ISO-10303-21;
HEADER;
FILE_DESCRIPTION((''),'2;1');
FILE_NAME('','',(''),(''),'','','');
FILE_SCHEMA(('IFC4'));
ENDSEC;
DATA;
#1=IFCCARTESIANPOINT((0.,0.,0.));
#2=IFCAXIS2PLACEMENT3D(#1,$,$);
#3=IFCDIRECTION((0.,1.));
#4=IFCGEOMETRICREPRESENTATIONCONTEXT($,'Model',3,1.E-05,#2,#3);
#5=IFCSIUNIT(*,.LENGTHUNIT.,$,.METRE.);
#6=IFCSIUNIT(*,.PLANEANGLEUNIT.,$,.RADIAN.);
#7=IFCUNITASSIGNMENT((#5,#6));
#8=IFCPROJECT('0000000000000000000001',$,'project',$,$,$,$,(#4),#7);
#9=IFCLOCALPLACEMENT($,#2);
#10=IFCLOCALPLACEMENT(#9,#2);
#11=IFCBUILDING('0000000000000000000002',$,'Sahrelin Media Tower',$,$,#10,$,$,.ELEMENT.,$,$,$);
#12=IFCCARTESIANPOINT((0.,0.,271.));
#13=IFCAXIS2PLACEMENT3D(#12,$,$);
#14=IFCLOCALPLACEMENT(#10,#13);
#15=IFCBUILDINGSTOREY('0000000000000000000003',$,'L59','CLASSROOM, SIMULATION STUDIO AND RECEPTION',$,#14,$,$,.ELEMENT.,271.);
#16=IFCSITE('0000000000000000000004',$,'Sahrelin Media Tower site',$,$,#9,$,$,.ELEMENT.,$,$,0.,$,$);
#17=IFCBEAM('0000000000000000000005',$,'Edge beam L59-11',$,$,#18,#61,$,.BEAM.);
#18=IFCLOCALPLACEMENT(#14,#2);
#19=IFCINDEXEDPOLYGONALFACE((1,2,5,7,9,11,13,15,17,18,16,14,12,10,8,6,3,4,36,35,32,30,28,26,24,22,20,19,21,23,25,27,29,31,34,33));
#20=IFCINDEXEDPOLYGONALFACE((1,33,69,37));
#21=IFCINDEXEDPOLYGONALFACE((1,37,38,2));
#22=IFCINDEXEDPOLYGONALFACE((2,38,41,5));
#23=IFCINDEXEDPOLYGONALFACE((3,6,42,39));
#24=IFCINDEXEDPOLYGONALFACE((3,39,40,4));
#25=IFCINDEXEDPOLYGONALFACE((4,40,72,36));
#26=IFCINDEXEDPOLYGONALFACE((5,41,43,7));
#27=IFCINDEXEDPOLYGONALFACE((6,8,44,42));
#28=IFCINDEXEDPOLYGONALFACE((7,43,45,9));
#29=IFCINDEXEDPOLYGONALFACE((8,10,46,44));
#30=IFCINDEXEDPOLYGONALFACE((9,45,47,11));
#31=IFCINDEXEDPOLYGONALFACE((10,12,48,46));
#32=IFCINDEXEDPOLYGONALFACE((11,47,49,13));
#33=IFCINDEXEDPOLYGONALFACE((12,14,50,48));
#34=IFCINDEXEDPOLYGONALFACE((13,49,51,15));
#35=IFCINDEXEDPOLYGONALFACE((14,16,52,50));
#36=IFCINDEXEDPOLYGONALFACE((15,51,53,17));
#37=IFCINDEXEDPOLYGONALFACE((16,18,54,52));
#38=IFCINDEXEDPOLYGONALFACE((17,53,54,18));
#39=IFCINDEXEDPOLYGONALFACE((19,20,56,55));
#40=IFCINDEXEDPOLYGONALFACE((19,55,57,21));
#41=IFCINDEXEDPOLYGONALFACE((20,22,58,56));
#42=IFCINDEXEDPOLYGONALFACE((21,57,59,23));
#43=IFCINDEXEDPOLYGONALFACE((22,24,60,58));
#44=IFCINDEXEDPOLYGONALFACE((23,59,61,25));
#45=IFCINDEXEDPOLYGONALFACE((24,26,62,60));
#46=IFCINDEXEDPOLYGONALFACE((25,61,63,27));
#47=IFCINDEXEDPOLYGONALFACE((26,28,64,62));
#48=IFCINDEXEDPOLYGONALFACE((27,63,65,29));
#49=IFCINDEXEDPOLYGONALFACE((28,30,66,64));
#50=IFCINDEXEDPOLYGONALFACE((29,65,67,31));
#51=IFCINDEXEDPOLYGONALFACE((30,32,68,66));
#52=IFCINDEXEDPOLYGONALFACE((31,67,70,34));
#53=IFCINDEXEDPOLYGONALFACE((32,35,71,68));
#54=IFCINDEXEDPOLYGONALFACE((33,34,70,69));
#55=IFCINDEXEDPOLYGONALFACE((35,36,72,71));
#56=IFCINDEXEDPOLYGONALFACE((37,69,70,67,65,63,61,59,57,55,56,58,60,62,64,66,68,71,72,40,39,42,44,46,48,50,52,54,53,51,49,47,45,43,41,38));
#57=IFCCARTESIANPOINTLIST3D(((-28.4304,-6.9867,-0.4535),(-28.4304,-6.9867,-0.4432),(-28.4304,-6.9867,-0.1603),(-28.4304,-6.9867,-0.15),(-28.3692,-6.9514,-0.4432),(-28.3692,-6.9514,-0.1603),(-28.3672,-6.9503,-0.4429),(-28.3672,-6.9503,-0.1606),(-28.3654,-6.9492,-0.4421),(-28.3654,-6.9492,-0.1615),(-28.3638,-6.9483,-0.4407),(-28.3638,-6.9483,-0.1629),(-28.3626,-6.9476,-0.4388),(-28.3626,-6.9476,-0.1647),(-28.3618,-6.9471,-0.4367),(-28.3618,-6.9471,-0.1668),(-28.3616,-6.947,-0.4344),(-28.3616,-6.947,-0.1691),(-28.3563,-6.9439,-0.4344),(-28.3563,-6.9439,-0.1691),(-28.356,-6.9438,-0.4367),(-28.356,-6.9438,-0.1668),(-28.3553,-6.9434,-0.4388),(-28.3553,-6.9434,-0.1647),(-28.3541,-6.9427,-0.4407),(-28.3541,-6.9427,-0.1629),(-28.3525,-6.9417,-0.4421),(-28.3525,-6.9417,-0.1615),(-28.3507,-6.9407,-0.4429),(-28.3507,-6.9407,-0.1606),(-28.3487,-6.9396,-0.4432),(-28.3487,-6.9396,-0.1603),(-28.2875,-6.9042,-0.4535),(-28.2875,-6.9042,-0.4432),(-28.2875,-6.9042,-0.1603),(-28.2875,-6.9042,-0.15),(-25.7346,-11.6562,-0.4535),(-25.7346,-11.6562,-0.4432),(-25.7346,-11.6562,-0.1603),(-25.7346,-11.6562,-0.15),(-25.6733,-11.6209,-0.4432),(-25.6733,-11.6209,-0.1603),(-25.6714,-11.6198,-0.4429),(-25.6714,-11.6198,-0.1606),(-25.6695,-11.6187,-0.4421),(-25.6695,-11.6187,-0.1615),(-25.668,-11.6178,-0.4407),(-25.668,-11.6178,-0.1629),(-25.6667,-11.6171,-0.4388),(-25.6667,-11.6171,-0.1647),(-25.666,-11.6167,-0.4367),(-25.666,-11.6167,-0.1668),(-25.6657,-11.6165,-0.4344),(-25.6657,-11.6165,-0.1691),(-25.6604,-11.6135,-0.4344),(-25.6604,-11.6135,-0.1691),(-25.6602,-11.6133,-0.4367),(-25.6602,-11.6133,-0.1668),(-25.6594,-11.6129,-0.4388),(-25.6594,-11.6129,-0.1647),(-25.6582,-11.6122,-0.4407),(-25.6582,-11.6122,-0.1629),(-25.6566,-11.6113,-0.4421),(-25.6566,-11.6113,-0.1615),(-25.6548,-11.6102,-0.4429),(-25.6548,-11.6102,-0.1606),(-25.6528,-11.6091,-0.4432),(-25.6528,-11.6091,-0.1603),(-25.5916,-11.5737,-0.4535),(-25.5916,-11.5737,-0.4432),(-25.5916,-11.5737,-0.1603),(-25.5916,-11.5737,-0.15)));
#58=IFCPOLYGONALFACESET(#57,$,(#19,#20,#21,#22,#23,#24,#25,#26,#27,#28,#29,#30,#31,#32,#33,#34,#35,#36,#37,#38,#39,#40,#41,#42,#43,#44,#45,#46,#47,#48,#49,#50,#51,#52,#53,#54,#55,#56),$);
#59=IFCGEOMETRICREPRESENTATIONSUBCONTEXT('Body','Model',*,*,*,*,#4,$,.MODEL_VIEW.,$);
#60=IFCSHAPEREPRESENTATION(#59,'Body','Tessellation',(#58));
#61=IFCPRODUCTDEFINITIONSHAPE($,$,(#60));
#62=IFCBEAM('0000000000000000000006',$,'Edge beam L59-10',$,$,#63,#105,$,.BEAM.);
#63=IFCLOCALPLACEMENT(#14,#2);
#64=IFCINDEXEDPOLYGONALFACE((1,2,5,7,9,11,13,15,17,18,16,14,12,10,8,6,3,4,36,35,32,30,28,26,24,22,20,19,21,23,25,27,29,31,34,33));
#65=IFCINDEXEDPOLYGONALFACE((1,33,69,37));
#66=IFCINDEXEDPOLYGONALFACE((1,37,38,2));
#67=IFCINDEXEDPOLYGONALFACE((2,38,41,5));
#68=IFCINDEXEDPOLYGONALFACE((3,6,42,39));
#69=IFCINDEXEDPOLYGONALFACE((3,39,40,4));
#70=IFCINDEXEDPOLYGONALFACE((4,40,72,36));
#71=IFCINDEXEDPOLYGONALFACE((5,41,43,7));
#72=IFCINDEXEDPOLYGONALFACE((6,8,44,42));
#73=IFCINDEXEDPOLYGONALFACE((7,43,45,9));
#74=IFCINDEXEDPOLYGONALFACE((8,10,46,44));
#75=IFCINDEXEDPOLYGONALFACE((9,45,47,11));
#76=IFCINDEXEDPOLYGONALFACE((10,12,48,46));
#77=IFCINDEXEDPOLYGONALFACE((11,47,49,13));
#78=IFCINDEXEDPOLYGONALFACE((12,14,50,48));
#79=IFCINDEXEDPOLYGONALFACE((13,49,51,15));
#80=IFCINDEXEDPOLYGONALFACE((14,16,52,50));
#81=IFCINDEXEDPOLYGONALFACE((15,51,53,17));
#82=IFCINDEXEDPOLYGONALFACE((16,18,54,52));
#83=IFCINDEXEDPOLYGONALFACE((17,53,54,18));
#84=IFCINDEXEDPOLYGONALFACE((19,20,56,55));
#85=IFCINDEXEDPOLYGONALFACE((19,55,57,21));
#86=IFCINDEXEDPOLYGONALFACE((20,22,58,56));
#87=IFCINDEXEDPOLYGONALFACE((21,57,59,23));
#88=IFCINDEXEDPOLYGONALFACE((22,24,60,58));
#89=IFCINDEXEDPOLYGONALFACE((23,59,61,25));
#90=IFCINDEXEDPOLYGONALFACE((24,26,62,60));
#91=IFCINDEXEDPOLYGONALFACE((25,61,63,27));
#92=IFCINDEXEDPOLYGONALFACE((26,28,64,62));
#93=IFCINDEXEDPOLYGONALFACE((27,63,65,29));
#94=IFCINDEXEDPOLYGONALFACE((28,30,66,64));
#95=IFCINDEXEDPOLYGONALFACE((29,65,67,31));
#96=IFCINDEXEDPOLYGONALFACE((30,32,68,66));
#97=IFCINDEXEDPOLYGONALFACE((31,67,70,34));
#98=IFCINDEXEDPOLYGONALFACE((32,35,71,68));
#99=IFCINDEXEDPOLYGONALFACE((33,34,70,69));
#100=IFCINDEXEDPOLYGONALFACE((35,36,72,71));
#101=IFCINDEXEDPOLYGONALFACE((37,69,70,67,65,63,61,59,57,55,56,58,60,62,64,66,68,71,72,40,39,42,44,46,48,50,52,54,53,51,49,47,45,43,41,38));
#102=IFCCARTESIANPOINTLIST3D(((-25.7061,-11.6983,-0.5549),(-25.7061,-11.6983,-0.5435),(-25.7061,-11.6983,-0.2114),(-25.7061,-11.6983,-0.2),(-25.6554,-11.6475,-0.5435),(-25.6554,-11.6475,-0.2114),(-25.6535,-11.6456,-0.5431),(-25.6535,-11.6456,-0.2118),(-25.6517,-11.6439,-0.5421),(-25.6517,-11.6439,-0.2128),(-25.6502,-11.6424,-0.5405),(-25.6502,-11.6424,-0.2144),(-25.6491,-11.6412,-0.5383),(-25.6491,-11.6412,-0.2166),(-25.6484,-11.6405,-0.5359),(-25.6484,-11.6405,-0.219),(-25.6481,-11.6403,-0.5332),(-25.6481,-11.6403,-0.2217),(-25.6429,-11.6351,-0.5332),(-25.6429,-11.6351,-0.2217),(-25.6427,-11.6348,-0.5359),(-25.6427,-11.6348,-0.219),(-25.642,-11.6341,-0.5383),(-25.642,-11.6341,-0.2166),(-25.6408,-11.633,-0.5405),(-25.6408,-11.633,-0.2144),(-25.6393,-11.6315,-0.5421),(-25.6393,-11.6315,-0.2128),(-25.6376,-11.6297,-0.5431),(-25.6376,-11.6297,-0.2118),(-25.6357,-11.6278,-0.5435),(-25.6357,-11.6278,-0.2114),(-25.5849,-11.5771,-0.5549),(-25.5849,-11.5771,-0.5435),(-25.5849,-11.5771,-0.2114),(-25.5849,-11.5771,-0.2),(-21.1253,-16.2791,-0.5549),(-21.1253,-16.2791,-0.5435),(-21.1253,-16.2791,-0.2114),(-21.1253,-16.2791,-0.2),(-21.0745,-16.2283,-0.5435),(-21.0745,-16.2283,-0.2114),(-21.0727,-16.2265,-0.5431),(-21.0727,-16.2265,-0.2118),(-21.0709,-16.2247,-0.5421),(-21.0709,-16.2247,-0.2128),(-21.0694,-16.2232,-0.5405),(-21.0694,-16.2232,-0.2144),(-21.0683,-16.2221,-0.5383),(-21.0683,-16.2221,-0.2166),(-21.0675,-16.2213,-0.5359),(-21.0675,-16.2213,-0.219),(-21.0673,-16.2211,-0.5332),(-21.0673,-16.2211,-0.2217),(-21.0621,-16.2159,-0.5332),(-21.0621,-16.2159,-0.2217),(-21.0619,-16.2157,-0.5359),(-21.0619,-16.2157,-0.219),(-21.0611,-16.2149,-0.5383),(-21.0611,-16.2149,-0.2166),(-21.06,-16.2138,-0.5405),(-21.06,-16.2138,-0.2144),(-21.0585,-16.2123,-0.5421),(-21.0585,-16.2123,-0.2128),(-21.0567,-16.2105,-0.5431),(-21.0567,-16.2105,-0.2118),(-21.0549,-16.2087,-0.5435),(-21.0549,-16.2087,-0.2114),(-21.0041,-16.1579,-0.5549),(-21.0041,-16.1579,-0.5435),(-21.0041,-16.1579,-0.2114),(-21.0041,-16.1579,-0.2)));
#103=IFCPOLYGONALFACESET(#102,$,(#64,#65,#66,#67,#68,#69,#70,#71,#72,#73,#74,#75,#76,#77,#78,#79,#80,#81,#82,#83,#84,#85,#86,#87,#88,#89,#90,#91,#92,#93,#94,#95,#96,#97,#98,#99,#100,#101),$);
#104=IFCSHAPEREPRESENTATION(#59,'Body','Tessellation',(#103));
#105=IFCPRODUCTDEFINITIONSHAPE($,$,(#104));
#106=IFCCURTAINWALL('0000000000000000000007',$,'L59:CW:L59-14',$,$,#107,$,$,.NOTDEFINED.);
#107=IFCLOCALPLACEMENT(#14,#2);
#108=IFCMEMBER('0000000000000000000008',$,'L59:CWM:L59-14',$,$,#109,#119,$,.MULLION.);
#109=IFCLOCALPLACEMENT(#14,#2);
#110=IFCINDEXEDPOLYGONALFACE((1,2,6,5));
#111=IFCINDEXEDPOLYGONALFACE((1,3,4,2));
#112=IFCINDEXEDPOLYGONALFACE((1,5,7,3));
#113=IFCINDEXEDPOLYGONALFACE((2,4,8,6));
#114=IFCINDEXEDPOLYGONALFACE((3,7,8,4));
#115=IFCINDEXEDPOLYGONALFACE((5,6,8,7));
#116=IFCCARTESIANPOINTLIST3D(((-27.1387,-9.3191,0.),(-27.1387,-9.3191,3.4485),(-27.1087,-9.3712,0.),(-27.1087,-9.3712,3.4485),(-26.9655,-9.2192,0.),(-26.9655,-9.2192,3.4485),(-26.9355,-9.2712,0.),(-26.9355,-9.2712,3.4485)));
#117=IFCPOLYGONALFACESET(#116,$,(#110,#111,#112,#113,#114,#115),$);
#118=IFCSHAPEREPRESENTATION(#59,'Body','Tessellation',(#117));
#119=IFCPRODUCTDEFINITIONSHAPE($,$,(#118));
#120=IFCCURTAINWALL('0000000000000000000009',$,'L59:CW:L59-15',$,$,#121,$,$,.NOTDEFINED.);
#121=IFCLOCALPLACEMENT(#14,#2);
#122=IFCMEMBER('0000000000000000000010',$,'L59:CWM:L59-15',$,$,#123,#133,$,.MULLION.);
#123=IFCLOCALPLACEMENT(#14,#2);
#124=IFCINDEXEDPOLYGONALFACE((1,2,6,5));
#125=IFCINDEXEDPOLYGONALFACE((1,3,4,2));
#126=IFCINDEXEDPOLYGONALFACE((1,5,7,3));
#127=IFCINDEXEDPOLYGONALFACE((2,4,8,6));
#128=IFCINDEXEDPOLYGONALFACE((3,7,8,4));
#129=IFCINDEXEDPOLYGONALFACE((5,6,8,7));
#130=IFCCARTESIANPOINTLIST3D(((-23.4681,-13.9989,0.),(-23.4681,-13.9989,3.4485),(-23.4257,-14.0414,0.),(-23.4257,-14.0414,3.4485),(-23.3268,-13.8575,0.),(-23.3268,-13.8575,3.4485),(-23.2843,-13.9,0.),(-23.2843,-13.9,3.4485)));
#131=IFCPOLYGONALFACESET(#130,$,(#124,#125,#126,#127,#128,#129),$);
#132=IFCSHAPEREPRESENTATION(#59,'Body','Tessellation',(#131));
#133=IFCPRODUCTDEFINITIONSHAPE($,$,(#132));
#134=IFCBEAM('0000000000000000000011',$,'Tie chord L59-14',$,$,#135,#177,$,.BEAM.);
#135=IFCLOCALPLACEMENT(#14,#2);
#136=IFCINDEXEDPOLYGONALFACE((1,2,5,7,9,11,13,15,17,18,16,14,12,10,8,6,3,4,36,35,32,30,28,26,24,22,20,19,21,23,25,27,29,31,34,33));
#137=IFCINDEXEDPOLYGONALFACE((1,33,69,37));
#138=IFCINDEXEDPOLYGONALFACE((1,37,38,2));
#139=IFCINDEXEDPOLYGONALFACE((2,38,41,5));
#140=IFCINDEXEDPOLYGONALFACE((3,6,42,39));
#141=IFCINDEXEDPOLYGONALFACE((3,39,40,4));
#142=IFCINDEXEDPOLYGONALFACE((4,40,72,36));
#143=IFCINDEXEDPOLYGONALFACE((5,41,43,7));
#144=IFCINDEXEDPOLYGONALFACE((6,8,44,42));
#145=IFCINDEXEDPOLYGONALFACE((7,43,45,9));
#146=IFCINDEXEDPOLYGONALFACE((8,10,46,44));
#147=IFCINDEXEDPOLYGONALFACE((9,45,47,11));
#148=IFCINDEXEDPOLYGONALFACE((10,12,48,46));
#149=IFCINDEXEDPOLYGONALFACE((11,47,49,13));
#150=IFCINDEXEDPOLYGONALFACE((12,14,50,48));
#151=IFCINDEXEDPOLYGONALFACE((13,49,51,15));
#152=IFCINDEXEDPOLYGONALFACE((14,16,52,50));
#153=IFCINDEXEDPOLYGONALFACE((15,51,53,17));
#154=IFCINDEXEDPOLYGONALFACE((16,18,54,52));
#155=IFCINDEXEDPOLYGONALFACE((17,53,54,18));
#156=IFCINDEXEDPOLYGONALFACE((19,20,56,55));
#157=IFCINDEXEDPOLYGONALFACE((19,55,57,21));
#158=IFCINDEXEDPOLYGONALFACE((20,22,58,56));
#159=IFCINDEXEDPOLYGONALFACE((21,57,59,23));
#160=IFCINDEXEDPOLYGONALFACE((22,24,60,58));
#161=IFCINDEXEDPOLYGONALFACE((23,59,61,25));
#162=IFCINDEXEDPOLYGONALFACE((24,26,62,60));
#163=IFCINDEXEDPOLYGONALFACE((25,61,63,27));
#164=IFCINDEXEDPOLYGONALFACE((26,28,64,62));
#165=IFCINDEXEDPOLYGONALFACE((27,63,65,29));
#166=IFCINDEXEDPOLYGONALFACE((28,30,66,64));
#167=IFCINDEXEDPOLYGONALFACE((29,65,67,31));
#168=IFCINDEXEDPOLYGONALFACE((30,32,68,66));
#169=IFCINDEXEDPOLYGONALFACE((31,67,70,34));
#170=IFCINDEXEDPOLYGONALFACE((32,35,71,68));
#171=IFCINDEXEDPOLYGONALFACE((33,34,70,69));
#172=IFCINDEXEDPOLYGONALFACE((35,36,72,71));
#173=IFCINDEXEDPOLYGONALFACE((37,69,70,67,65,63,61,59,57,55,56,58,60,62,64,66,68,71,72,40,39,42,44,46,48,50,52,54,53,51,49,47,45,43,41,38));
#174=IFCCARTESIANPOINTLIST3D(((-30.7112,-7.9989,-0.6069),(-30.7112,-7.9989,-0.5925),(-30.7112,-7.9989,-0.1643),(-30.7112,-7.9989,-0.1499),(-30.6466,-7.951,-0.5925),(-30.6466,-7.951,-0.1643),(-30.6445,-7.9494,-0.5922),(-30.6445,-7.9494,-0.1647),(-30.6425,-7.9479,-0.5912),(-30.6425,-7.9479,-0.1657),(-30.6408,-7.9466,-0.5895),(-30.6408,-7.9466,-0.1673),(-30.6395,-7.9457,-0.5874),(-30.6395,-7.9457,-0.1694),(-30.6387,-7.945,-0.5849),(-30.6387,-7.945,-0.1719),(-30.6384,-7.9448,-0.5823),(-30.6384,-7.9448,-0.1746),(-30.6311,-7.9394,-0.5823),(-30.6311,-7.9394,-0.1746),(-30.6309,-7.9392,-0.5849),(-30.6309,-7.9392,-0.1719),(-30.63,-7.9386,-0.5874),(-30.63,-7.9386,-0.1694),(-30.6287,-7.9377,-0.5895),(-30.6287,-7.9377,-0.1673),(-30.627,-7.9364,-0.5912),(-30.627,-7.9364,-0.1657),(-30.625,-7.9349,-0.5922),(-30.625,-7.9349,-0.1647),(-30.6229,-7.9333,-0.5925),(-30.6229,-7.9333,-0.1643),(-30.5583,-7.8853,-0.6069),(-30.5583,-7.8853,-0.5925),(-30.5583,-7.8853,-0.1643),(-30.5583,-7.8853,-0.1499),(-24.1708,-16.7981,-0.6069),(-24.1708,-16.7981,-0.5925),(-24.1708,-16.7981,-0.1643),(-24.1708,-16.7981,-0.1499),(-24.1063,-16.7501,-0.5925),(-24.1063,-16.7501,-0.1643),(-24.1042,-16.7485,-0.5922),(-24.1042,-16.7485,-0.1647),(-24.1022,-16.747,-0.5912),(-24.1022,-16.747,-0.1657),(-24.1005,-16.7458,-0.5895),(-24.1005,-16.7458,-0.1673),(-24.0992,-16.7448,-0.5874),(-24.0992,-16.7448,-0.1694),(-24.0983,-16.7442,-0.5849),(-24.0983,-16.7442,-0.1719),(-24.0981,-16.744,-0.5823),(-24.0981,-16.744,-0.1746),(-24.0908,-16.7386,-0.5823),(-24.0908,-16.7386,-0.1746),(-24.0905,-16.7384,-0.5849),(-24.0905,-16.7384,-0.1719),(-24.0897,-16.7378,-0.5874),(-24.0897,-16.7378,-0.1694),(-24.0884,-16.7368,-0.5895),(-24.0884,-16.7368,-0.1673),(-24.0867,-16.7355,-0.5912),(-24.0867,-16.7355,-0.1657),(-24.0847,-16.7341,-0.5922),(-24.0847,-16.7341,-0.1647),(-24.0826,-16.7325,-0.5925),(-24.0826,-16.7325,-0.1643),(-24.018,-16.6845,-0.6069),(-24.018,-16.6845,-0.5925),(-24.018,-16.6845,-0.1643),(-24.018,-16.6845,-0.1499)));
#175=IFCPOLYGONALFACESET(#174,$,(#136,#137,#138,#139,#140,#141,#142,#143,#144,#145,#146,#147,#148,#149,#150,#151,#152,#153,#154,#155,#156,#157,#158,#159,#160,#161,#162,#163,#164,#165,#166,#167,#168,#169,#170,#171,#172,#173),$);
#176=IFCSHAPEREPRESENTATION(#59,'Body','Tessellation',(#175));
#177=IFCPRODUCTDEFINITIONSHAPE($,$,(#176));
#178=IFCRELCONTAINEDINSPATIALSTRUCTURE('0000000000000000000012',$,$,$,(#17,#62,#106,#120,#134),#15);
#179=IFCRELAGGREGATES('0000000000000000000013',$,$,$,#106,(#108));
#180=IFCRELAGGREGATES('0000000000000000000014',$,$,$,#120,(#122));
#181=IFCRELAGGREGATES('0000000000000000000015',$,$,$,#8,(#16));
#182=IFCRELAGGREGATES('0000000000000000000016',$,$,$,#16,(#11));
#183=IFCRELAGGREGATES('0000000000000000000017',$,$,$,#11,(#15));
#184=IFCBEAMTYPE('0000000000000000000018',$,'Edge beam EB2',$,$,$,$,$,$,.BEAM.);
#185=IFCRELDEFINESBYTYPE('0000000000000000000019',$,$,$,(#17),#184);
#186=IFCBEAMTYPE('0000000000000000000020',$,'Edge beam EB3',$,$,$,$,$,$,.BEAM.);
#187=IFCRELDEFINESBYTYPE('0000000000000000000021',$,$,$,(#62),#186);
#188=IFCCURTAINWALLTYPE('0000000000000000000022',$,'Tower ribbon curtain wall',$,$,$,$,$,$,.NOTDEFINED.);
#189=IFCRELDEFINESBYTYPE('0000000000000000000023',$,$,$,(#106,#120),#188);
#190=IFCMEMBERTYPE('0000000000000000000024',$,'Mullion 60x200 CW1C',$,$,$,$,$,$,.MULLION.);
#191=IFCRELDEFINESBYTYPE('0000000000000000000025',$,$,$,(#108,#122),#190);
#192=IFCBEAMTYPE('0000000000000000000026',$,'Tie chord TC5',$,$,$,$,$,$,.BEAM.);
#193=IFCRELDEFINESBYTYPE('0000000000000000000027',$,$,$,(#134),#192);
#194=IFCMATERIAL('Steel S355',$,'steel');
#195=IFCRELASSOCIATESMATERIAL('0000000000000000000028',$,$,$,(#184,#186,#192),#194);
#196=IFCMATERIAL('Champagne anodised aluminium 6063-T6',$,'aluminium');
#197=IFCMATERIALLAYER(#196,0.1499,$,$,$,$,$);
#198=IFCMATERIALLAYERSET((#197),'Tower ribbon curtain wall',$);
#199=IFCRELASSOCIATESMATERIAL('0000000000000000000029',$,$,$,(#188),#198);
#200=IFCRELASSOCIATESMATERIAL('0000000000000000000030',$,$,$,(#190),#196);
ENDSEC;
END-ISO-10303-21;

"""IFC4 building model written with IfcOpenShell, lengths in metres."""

from ifc_helpers import new_model, si_unit, direction, frame, origin, origin_2d, place, context, subcontext, project, spatial, rectangle, i_section, extrude, material, layer, layer_set, material_profile, profile_set, type_object, element, aggregate, save


model = new_model("IFC4")

# Units and contexts
model_context = context("Model", 3, precision=1e-05, world=origin(), true_north=direction((0.0, 1.0)))
body_context = subcontext(model_context, "Body", "Model", "MODEL_VIEW")
ifc_project = project(units=[si_unit("LENGTHUNIT", "METRE"), si_unit("PLANEANGLEUNIT", "RADIAN")], contexts=[model_context])

# Site, building, storey
site_placement = place(None, origin())
site = spatial("IfcSite", under=ifc_project, at=site_placement, Name="Sahrelin Media Tower site", CompositionType="ELEMENT", RefElevation=0.0)
building_placement = place(site_placement, origin())
building = spatial("IfcBuilding", under=site, at=building_placement, Name="Sahrelin Media Tower", CompositionType="ELEMENT")
storey_placement = place(building_placement, frame((0.0, 0.0, 271.0)))
storey = spatial("IfcBuildingStorey", under=building, at=storey_placement, Name="L59", Description="CLASSROOM, SIMULATION STUDIO AND RECEPTION", CompositionType="ELEMENT", Elevation=271.0)

# Beams
ifc_material_1 = material(Name="Steel S355", Category="steel")
ifc_material_profile_1 = material_profile(ifc_material_1, i_section(OverallWidth=0.165, OverallDepth=0.3035, WebThickness=0.0061, FlangeThickness=0.0103, FilletRadius=0.0088, at=origin_2d()), Name="UB 305x165x40")
ifc_profile_set_1 = profile_set([ifc_material_profile_1], Name="Steel S355")
beam_type_1 = type_object("IfcBeamType", Name="Edge beam EB2", PredefinedType="BEAM", material=ifc_profile_set_1)
beam_1_placement = place(storey_placement, frame((-25.6631, -11.615, -0.3018), z_axis=(-0.499986, 0.866033, 0.0), x_axis=(-0.866033, -0.499986, 0.0)))
element("IfcBeam", 1, at=beam_1_placement, inside=storey, type_object=beam_type_1, Name="Edge beam L59-11", PredefinedType="BEAM", context=body_context, shape_type="SweptSolid", body=[
    extrude(i_section(OverallWidth=0.165, OverallDepth=0.3035, WebThickness=0.0061, FlangeThickness=0.0103, FilletRadius=0.0088, at=origin_2d()), origin(), (0.0, 0.0, 1.0), 5.3918),
])
ifc_material_profile_2 = material_profile(ifc_material_1, i_section(OverallWidth=0.1714, OverallDepth=0.355, WebThickness=0.0073, FlangeThickness=0.0115, FilletRadius=0.0103, at=origin_2d()), Name="UB 356x171x51")
ifc_profile_set_2 = profile_set([ifc_material_profile_2], Name="Steel S355")
beam_type_2 = type_object("IfcBeamType", Name="Edge beam EB3", PredefinedType="BEAM", material=ifc_profile_set_2)
beam_2_placement = place(storey_placement, frame((-21.0647, -16.2185, -0.3774), z_axis=(-0.707107, 0.707107, 0.0), x_axis=(-0.707107, -0.707107, 0.0)))
element("IfcBeam", 2, at=beam_2_placement, inside=storey, type_object=beam_type_2, Name="Edge beam L59-10", PredefinedType="BEAM", context=body_context, shape_type="SweptSolid", body=[
    extrude(i_section(OverallWidth=0.1714, OverallDepth=0.355, WebThickness=0.0073, FlangeThickness=0.0115, FilletRadius=0.0103, at=origin_2d()), origin(), (0.0, 0.0, 1.0), 6.4783),
])

# Curtain walls, members
ifc_material_2 = material(Name="Champagne anodised aluminium 6063-T6", Category="aluminium")
ifc_layer_1 = layer(ifc_material_2, 0.1499)
ifc_layer_set_1 = layer_set([ifc_layer_1], Name="Tower ribbon curtain wall")
curtain_wall_type = type_object("IfcCurtainWallType", Name="Tower ribbon curtain wall", PredefinedType="NOTDEFINED", material=ifc_layer_set_1)
curtain_wall_1_placement = place(storey_placement, frame((-27.1409, -9.3552, 0.0), z_axis=(0.0, 0.0, 1.0), x_axis=(1.0, 0.0, 0.0)))
curtain_wall_1 = element("IfcCurtainWall", 3, at=curtain_wall_1_placement, inside=storey, type_object=curtain_wall_type, Name="L59:CW:L59-14", PredefinedType="NOTDEFINED")
ifc_material_profile_3 = material_profile(ifc_material_2, rectangle(XDim=0.0601, YDim=0.2, at=origin_2d()), Name="Mullion 60x200")
ifc_profile_set_3 = profile_set([ifc_material_profile_3], Name="Champagne anodised aluminium 6063-T6")
member_type_1 = type_object("IfcMemberType", Name="Mullion 60x200 CW1C", PredefinedType="MULLION", material=ifc_profile_set_3)
member_1_placement = place(storey_placement, frame((-27.0371, -9.2952, 0.0), z_axis=(0.0, 0.0, 1.0), x_axis=(0.499989, -0.866032, 0.0)))
member_1 = element("IfcMember", 4, at=member_1_placement, type_object=member_type_1, Name="L59:CWM:L59-14", PredefinedType="MULLION", context=body_context, shape_type="SweptSolid", body=[
    extrude(rectangle(XDim=0.0601, YDim=0.2, at=origin_2d()), origin(), (0.0, 0.0, 1.0), 3.4485),
])
curtain_wall_2_placement = place(storey_placement, frame((-23.4612, -14.0342, 0.0), z_axis=(0.0, 0.0, 1.0), x_axis=(1.0, 0.0, 0.0)))
curtain_wall_2 = element("IfcCurtainWall", 5, at=curtain_wall_2_placement, inside=storey, type_object=curtain_wall_type, Name="L59:CW:L59-15", PredefinedType="NOTDEFINED")
member_2_placement = place(storey_placement, frame((-23.3762, -13.9495, 0.0), z_axis=(0.0, 0.0, 1.0), x_axis=(0.707114, -0.707099, 0.0)))
member_2 = element("IfcMember", 6, at=member_2_placement, type_object=member_type_1, Name="L59:CWM:L59-15", PredefinedType="MULLION", context=body_context, shape_type="SweptSolid", body=[
    extrude(rectangle(XDim=0.0601, YDim=0.2, at=origin_2d()), origin(), (0.0, 0.0, 1.0), 3.4485),
])

# Beam
ifc_material_profile_4 = material_profile(ifc_material_1, i_section(OverallWidth=0.1904, OverallDepth=0.457, WebThickness=0.009, FlangeThickness=0.0144, FilletRadius=0.0103, at=origin_2d()), Name="UB 457x191x74")
ifc_profile_set_4 = profile_set([ifc_material_profile_4], Name="Steel S355")
beam_type_3 = type_object("IfcBeamType", Name="Tie chord TC5", PredefinedType="BEAM", material=ifc_profile_set_4)
beam_3_placement = place(storey_placement, frame((-30.6348, -7.9421, -0.3784), z_axis=(0.596549, -0.802577, 0.0), x_axis=(0.802577, 0.596549, 0.0)))
element("IfcBeam", 7, at=beam_3_placement, inside=storey, type_object=beam_type_3, Name="Tie chord L59-14", PredefinedType="BEAM", context=body_context, shape_type="SweptSolid", body=[
    extrude(i_section(OverallWidth=0.1904, OverallDepth=0.457, WebThickness=0.009, FlangeThickness=0.0144, FilletRadius=0.0103, at=origin_2d()), origin(), (0.0, 0.0, 1.0), 10.9636),
])

aggregate(curtain_wall_1, [member_1])
aggregate(curtain_wall_2, [member_2])

save(model, "model.ifc")
